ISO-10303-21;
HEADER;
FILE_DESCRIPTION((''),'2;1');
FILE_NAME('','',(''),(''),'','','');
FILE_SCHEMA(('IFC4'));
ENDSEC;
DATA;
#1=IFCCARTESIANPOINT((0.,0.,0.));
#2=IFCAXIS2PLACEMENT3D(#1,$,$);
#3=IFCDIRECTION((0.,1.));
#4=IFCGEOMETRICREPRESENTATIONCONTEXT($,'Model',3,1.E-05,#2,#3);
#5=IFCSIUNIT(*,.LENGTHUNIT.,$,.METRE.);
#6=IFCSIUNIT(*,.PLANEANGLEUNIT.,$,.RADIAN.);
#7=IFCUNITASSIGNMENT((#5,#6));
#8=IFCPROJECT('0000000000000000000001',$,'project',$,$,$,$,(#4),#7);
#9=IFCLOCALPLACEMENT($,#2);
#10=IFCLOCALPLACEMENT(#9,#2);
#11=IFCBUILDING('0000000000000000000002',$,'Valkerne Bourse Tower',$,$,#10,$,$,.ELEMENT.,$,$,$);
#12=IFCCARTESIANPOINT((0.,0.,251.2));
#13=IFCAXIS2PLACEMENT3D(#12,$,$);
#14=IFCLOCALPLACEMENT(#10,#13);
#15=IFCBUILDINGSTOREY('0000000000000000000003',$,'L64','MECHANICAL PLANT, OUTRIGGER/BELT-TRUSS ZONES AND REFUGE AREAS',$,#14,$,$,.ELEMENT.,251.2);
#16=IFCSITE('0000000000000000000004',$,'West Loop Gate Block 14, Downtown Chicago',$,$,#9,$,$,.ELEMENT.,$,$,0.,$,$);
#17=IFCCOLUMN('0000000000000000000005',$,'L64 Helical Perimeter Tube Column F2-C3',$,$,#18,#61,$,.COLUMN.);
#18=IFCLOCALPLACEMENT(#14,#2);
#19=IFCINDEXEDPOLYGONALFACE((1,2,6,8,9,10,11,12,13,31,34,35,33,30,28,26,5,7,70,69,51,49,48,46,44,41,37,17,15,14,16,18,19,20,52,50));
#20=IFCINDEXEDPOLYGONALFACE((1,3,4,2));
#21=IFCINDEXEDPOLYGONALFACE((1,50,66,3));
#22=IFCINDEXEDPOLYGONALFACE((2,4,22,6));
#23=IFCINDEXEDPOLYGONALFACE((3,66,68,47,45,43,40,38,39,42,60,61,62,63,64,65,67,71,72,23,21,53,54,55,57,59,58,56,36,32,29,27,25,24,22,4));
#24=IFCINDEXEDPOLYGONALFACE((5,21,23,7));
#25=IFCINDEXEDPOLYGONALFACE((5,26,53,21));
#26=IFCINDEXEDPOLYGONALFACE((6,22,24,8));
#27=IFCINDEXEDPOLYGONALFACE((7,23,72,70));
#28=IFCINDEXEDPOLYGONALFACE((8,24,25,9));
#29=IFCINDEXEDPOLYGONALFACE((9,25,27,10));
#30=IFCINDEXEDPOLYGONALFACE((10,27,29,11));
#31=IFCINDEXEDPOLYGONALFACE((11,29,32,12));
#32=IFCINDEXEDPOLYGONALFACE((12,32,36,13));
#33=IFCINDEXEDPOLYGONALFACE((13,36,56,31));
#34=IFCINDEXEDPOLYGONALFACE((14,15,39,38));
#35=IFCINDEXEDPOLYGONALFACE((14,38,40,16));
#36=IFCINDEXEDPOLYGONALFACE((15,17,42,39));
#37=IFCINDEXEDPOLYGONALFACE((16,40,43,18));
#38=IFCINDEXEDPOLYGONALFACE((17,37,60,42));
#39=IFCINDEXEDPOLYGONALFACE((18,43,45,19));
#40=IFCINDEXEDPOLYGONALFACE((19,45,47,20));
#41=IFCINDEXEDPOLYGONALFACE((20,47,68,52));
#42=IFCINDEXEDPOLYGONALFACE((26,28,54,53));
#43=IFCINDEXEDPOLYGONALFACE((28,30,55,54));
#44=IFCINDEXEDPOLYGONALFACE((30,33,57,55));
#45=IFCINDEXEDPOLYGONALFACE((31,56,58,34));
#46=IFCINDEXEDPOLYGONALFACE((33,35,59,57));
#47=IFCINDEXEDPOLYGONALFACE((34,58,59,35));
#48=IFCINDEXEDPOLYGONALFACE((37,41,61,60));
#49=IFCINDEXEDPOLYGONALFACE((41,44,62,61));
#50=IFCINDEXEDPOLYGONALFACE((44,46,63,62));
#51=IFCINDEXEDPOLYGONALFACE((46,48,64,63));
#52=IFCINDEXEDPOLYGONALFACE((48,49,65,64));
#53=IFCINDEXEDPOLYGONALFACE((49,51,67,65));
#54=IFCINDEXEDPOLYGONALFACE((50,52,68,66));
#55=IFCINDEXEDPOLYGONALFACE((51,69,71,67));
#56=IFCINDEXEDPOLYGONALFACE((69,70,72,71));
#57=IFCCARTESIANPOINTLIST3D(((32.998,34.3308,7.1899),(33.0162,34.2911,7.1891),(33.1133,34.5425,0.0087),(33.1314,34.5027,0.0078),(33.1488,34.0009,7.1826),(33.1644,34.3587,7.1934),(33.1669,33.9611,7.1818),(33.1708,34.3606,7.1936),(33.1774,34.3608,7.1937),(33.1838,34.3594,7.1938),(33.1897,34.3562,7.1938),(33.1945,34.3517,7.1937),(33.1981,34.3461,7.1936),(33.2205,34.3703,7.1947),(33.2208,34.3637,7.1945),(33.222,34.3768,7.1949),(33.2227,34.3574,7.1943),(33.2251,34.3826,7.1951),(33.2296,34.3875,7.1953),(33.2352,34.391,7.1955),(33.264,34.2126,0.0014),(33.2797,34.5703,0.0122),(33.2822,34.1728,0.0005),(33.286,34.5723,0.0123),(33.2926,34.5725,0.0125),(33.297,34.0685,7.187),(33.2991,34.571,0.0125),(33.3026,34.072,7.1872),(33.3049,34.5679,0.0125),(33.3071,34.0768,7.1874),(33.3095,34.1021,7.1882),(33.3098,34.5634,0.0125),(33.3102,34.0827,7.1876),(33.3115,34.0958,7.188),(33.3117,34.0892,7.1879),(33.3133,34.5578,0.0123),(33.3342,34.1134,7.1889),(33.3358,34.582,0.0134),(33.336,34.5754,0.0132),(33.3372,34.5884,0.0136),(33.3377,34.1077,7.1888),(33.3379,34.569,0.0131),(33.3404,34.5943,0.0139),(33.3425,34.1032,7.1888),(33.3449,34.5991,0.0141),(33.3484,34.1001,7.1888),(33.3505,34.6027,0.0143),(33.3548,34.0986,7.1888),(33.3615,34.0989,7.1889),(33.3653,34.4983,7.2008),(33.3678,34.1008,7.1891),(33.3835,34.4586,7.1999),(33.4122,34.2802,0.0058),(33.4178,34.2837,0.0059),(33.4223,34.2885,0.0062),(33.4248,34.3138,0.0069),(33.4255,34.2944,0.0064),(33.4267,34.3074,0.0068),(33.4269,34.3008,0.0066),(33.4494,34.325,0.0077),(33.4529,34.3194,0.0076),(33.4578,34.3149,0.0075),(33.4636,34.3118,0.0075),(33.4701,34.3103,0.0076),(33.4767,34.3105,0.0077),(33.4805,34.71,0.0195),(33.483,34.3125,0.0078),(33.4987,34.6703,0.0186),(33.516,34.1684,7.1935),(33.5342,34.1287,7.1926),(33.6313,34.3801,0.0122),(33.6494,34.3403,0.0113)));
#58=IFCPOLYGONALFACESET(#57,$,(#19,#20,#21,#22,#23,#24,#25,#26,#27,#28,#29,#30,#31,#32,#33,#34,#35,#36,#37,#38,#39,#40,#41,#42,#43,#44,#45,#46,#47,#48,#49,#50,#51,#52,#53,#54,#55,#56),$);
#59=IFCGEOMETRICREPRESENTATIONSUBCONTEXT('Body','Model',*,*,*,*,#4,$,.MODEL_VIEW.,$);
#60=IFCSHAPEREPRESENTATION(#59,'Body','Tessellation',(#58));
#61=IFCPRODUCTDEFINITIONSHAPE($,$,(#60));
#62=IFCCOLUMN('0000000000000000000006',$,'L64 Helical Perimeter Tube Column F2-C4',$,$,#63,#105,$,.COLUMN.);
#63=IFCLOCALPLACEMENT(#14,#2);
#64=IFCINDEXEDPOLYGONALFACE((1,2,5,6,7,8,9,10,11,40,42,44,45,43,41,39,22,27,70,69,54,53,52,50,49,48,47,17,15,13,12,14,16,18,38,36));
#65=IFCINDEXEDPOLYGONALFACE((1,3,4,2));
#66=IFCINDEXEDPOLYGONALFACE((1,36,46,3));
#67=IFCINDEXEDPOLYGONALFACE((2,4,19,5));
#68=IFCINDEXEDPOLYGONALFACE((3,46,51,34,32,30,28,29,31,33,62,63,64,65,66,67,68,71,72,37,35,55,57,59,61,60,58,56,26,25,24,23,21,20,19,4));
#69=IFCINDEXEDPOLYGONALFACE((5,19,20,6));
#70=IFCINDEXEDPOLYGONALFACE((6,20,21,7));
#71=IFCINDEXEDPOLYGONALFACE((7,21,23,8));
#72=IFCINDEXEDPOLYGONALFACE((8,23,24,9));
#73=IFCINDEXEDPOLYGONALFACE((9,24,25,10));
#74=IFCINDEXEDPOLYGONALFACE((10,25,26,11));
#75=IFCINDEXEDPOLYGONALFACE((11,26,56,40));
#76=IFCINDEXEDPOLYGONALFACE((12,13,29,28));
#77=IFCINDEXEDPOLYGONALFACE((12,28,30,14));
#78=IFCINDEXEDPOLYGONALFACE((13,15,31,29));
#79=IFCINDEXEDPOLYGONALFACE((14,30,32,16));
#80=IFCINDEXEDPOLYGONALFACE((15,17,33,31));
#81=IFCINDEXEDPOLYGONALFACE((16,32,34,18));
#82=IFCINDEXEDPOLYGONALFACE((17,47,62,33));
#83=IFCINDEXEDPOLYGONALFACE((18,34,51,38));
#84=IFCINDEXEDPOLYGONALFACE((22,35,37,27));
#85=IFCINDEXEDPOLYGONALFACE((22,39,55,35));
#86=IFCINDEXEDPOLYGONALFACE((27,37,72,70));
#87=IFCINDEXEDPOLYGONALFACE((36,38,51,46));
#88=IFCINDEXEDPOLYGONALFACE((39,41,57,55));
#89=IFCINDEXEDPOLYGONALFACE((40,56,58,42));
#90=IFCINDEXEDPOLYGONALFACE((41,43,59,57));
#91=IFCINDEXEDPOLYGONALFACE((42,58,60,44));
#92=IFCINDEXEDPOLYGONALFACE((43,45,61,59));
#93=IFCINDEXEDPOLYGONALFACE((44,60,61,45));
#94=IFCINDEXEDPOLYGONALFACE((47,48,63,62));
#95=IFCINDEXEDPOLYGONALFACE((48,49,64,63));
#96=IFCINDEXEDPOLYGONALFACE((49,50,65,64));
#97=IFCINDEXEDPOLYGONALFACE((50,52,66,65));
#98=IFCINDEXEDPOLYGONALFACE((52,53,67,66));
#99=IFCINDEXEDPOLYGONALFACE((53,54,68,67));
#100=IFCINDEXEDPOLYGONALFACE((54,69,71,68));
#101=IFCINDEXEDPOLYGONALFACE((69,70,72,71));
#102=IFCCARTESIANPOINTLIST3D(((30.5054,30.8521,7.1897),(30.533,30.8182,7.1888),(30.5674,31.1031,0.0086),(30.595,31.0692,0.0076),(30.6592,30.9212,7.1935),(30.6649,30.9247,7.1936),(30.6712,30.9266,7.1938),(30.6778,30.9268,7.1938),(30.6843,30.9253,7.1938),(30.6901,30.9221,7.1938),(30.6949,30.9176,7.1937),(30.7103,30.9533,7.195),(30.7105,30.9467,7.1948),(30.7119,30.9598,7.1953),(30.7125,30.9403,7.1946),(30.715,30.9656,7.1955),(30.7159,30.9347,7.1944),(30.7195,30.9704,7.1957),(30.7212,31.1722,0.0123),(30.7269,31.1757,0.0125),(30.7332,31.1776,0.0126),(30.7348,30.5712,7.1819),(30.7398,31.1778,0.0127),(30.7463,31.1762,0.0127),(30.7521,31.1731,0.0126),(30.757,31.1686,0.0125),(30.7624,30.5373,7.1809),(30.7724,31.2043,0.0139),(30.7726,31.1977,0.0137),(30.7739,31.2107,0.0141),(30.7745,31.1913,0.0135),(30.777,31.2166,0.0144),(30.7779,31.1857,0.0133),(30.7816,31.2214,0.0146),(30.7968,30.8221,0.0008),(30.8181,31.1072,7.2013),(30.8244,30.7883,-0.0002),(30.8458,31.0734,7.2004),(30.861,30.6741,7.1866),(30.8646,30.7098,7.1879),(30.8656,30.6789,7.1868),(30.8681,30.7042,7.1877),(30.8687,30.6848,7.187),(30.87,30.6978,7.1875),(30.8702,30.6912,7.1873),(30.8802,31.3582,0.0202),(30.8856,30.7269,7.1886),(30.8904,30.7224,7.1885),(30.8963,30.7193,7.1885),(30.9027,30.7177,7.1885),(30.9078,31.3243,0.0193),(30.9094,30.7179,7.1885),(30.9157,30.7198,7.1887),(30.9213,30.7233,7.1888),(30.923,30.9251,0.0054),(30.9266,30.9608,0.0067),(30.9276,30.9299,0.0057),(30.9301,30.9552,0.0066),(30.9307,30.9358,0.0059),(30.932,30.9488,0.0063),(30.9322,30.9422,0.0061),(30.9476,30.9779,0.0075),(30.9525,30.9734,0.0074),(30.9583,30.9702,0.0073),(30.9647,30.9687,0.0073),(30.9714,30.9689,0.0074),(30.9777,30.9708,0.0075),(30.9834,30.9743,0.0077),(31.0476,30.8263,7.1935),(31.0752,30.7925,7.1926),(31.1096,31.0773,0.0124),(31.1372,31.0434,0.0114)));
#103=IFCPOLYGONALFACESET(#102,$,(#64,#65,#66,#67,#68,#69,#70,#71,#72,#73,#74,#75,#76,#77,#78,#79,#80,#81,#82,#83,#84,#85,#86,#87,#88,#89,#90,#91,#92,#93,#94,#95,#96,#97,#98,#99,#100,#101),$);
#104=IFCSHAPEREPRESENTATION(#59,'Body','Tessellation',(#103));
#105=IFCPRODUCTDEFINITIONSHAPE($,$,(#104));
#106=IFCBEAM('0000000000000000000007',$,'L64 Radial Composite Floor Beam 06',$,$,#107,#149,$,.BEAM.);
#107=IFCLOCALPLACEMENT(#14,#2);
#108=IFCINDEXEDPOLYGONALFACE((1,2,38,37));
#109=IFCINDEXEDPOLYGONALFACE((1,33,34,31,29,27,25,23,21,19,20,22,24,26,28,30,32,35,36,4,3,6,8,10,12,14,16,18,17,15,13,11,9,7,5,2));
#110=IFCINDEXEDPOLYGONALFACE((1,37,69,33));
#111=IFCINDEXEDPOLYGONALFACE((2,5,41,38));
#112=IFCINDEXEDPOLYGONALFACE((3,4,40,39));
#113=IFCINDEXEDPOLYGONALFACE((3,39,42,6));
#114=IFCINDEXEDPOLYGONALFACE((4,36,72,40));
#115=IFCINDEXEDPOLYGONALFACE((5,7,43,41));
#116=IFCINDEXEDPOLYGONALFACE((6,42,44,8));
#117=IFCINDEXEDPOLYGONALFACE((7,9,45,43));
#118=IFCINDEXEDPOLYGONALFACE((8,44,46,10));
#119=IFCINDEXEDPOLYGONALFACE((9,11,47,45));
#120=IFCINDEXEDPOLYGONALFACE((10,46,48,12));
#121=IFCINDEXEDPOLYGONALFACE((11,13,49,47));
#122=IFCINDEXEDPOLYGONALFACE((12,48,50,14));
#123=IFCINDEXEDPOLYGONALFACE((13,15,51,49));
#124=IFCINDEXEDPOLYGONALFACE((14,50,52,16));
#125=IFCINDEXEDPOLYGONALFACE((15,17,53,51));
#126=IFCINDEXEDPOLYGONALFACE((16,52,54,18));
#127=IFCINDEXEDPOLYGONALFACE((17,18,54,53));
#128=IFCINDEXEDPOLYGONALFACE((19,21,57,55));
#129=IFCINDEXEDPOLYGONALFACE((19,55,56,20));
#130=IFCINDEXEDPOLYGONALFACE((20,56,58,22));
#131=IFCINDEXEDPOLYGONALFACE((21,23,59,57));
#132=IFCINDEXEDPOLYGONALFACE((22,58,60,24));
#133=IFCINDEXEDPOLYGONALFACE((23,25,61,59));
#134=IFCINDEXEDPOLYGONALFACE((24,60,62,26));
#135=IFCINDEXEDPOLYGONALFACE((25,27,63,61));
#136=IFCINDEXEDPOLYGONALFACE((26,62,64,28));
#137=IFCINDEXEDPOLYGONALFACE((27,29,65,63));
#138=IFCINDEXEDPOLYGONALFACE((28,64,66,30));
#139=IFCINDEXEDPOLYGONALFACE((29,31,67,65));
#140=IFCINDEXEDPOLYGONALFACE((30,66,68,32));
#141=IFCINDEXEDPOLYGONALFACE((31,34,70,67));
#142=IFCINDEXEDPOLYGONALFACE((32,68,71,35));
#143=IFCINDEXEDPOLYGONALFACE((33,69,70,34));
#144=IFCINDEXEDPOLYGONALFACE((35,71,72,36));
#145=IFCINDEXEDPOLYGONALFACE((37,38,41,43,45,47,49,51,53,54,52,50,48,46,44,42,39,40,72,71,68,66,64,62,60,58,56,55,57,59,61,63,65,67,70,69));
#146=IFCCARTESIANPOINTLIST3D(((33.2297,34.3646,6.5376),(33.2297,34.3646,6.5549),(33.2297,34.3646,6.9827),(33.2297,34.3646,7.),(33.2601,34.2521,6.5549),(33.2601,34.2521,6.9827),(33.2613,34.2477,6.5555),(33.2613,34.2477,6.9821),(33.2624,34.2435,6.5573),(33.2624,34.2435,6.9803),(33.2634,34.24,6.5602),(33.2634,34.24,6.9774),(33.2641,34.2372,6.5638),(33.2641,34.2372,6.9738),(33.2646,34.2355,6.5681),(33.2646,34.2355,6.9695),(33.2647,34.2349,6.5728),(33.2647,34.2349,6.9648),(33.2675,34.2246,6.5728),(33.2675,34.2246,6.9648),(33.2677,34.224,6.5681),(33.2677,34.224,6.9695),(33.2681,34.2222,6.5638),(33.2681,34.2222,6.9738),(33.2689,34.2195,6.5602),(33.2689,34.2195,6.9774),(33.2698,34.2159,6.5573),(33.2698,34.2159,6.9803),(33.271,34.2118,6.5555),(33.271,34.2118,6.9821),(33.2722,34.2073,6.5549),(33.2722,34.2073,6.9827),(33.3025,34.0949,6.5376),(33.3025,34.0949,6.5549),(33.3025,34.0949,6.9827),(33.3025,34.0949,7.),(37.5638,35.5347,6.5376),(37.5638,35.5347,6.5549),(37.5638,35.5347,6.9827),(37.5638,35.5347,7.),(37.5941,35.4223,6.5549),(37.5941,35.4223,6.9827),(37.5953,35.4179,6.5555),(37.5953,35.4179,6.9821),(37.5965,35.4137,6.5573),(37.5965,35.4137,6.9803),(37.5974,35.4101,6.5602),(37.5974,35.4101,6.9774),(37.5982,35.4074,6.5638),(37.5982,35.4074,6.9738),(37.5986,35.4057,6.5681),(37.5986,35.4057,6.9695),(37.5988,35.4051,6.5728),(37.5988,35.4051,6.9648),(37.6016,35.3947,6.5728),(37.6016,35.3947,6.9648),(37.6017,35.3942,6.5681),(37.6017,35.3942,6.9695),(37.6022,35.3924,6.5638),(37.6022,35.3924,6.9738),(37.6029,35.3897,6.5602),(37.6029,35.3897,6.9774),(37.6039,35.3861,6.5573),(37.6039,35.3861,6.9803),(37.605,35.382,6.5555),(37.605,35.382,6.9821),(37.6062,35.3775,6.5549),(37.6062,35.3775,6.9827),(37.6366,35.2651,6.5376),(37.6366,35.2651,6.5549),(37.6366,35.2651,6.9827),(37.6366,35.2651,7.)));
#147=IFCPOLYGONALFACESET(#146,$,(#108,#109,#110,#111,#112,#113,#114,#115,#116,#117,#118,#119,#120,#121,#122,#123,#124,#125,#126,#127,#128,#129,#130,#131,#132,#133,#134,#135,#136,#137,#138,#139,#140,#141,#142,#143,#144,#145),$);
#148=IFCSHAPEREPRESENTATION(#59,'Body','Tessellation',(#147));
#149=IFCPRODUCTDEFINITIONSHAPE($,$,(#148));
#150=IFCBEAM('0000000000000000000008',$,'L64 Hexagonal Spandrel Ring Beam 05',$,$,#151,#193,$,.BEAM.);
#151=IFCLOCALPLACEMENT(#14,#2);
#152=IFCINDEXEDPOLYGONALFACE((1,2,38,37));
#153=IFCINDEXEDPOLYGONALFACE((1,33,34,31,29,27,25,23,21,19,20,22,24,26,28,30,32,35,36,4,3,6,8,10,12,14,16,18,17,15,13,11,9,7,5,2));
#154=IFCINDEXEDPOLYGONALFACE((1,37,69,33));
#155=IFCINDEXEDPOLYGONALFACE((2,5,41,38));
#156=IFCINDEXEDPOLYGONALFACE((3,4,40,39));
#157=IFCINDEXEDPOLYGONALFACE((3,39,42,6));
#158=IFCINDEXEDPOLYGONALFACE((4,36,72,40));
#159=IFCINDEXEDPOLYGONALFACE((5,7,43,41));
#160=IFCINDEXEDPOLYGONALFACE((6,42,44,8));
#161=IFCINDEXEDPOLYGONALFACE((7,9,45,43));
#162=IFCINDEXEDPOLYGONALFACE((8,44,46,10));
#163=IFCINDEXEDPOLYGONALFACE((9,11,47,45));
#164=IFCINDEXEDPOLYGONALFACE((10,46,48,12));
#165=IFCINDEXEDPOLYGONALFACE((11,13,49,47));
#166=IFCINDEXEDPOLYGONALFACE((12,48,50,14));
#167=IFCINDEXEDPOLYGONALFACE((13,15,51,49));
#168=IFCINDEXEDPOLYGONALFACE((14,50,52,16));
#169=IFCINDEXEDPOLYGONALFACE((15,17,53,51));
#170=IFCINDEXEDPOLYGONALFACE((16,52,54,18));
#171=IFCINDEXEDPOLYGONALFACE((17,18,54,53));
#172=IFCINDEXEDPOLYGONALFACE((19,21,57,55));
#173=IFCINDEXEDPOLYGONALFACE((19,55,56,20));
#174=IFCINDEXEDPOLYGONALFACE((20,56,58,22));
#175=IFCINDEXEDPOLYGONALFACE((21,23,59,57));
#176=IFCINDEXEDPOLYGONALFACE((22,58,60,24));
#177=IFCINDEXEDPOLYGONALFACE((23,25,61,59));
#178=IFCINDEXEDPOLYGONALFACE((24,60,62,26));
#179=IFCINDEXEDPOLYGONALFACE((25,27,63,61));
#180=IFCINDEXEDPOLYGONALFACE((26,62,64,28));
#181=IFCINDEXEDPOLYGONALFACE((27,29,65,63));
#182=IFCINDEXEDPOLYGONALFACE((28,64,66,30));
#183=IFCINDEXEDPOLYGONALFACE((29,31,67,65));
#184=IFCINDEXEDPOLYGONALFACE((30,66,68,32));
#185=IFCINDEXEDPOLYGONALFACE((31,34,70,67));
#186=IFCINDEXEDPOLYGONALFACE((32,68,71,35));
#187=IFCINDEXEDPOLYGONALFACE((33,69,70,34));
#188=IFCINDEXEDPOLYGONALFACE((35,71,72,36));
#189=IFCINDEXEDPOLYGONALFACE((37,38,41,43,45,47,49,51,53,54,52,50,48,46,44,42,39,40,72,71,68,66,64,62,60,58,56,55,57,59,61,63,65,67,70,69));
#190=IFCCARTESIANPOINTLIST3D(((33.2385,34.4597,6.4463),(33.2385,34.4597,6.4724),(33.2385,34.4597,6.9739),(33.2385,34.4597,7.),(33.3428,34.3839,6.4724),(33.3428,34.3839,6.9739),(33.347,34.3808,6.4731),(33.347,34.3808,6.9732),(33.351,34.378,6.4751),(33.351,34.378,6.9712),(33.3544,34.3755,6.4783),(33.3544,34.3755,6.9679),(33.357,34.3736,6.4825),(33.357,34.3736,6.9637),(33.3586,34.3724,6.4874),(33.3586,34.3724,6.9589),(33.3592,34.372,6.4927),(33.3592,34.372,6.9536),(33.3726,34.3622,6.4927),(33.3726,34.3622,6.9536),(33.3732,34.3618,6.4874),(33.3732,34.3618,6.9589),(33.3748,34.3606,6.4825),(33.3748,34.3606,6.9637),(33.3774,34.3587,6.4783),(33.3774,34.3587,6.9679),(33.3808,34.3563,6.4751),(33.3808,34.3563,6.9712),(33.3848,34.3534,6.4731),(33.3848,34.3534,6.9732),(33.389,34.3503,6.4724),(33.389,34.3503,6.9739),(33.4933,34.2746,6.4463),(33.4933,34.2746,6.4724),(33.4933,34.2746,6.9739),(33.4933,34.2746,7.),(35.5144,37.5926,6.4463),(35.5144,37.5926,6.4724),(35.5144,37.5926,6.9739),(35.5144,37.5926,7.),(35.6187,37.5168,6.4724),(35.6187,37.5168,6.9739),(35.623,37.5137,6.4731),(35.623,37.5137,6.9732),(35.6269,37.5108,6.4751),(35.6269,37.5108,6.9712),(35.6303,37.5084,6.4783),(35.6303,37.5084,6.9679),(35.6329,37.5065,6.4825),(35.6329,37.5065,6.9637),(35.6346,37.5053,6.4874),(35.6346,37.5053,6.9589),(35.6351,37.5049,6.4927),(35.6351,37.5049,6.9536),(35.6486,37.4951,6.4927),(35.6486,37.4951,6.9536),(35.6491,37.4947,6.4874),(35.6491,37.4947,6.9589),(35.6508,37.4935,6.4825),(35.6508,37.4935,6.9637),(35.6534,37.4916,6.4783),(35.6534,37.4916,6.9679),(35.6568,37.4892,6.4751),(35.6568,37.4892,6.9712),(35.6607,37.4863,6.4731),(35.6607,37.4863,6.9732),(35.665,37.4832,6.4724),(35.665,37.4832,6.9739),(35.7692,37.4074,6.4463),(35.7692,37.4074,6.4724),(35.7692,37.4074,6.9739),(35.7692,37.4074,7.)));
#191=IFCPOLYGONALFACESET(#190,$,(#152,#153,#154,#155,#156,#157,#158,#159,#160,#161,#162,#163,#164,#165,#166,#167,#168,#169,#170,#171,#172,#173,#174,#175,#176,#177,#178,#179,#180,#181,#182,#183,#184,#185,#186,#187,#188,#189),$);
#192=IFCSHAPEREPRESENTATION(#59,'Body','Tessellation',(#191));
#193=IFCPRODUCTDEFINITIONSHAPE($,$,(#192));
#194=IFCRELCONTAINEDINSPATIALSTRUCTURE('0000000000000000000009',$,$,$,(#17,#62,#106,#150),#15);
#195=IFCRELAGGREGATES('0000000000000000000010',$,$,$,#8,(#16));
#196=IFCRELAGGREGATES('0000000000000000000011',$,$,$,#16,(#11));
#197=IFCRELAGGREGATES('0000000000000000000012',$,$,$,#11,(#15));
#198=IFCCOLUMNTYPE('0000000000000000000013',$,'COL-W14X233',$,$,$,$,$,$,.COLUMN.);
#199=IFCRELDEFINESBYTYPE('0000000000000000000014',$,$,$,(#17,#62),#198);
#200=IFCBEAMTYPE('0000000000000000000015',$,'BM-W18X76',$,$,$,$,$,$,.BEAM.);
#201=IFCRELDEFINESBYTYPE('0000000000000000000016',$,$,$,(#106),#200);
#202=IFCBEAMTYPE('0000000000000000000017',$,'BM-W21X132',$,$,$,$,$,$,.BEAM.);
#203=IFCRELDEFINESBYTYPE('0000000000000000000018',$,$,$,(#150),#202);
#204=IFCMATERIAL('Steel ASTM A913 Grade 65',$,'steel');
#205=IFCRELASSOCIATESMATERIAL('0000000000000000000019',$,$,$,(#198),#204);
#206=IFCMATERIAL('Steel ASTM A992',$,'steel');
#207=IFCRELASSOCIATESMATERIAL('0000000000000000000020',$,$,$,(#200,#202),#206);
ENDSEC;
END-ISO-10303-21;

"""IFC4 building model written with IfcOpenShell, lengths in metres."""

from ifc_helpers import new_model, si_unit, direction, frame, origin, origin_2d, place, context, subcontext, project, spatial, i_section, extrude, material, material_profile, profile_set, type_object, element, save


model = new_model("IFC4")

# Units and contexts
model_context = context("Model", 3, precision=1e-05, world=origin(), true_north=direction((0.0, 1.0)))
body_context = subcontext(model_context, "Body", "Model", "MODEL_VIEW")
ifc_project = project(units=[si_unit("LENGTHUNIT", "METRE"), si_unit("PLANEANGLEUNIT", "RADIAN")], contexts=[model_context])

# Site, building, storey
site_placement = place(None, origin())
site = spatial("IfcSite", under=ifc_project, at=site_placement, Name="West Loop Gate Block 14, Downtown Chicago", CompositionType="ELEMENT", RefElevation=0.0)
building_placement = place(site_placement, origin())
building = spatial("IfcBuilding", under=site, at=building_placement, Name="Valkerne Bourse Tower", CompositionType="ELEMENT")
storey_placement = place(building_placement, frame((0.0, 0.0, 251.2)))
storey = spatial("IfcBuildingStorey", under=building, at=storey_placement, Name="L64", Description="MECHANICAL PLANT, OUTRIGGER/BELT-TRUSS ZONES AND REFUGE AREAS", CompositionType="ELEMENT", Elevation=251.2)

# Columns
ifc_material_1 = material(Name="Steel ASTM A913 Grade 65", Category="steel")
ifc_material_profile_1 = material_profile(ifc_material_1, i_section(OverallWidth=0.4038, OverallDepth=0.4065, WebThickness=0.0271, FlangeThickness=0.0437, FilletRadius=0.0254, at=origin_2d()), Name="W14X233")
ifc_profile_set_1 = profile_set([ifc_material_profile_1], Name="Steel ASTM A913 Grade 65")
column_type = type_object("IfcColumnType", Name="COL-W14X233", PredefinedType="COLUMN", material=ifc_profile_set_1)
column_1_placement = place(storey_placement, frame((33.3813, 34.4414, 0.01), z_axis=(-0.016038, -0.029459, 0.999437), x_axis=(-0.909486, -0.414868, -0.026823)))
element("IfcColumn", 1, at=column_1_placement, inside=storey, type_object=column_type, Name="L64 Helical Perimeter Tube Column F2-C3", PredefinedType="COLUMN", context=body_context, shape_type="SweptSolid", body=[
    extrude(i_section(OverallWidth=0.4038, OverallDepth=0.4065, WebThickness=0.0271, FlangeThickness=0.0437, FilletRadius=0.0254, at=origin_2d()), origin(), (0.0, 0.0, 1.0), 7.1853),
])
column_2_placement = place(storey_placement, frame((30.8523, 31.0732, 0.01), z_axis=(-0.00863, -0.034927, 0.999353), x_axis=(-0.774586, -0.631814, -0.02877)))
element("IfcColumn", 2, at=column_2_placement, inside=storey, type_object=column_type, Name="L64 Helical Perimeter Tube Column F2-C4", PredefinedType="COLUMN", context=body_context, shape_type="SweptSolid", body=[
    extrude(i_section(OverallWidth=0.4038, OverallDepth=0.4065, WebThickness=0.0271, FlangeThickness=0.0437, FilletRadius=0.0254, at=origin_2d()), origin(), (0.0, 0.0, 1.0), 7.1858),
])

# Beams
ifc_material_2 = material(Name="Steel ASTM A992", Category="steel")
ifc_material_profile_2 = material_profile(ifc_material_2, i_section(OverallWidth=0.2793, OverallDepth=0.4624, WebThickness=0.0107, FlangeThickness=0.0173, FilletRadius=0.0178, at=origin_2d()), Name="W18X76")
ifc_profile_set_2 = profile_set([ifc_material_profile_2], Name="Steel ASTM A992")
beam_type_1 = type_object("IfcBeamType", Name="BM-W18X76", PredefinedType="BEAM", material=ifc_profile_set_2)
beam_1_placement = place(storey_placement, frame((33.2661, 34.2297, 6.7688), z_axis=(0.96543, 0.260664, 0.0), x_axis=(-0.260664, 0.96543, 0.0)))
element("IfcBeam", 3, at=beam_1_placement, inside=storey, type_object=beam_type_1, Name="L64 Radial Composite Floor Beam 06", PredefinedType="BEAM", context=body_context, shape_type="SweptSolid", body=[
    extrude(i_section(OverallWidth=0.2793, OverallDepth=0.4624, WebThickness=0.0107, FlangeThickness=0.0173, FilletRadius=0.0178, at=origin_2d()), origin(), (0.0, 0.0, 1.0), 4.4893),
])
ifc_material_profile_3 = material_profile(ifc_material_2, i_section(OverallWidth=0.3149, OverallDepth=0.5537, WebThickness=0.0166, FlangeThickness=0.0261, FilletRadius=0.0203, at=origin_2d()), Name="W21X132")
ifc_profile_set_3 = profile_set([ifc_material_profile_3], Name="Steel ASTM A992")
beam_type_2 = type_object("IfcBeamType", Name="BM-W21X132", PredefinedType="BEAM", material=ifc_profile_set_3)
beam_2_placement = place(storey_placement, frame((35.6418, 37.5, 6.7231), z_axis=(-0.587744, -0.809047, 0.0), x_axis=(0.809047, -0.587744, 0.0)))
element("IfcBeam", 4, at=beam_2_placement, inside=storey, type_object=beam_type_2, Name="L64 Hexagonal Spandrel Ring Beam 05", PredefinedType="BEAM", context=body_context, shape_type="SweptSolid", body=[
    extrude(i_section(OverallWidth=0.3149, OverallDepth=0.5537, WebThickness=0.0166, FlangeThickness=0.0261, FilletRadius=0.0203, at=origin_2d()), origin(), (0.0, 0.0, 1.0), 3.8723),
])

save(model, "model.ifc")
